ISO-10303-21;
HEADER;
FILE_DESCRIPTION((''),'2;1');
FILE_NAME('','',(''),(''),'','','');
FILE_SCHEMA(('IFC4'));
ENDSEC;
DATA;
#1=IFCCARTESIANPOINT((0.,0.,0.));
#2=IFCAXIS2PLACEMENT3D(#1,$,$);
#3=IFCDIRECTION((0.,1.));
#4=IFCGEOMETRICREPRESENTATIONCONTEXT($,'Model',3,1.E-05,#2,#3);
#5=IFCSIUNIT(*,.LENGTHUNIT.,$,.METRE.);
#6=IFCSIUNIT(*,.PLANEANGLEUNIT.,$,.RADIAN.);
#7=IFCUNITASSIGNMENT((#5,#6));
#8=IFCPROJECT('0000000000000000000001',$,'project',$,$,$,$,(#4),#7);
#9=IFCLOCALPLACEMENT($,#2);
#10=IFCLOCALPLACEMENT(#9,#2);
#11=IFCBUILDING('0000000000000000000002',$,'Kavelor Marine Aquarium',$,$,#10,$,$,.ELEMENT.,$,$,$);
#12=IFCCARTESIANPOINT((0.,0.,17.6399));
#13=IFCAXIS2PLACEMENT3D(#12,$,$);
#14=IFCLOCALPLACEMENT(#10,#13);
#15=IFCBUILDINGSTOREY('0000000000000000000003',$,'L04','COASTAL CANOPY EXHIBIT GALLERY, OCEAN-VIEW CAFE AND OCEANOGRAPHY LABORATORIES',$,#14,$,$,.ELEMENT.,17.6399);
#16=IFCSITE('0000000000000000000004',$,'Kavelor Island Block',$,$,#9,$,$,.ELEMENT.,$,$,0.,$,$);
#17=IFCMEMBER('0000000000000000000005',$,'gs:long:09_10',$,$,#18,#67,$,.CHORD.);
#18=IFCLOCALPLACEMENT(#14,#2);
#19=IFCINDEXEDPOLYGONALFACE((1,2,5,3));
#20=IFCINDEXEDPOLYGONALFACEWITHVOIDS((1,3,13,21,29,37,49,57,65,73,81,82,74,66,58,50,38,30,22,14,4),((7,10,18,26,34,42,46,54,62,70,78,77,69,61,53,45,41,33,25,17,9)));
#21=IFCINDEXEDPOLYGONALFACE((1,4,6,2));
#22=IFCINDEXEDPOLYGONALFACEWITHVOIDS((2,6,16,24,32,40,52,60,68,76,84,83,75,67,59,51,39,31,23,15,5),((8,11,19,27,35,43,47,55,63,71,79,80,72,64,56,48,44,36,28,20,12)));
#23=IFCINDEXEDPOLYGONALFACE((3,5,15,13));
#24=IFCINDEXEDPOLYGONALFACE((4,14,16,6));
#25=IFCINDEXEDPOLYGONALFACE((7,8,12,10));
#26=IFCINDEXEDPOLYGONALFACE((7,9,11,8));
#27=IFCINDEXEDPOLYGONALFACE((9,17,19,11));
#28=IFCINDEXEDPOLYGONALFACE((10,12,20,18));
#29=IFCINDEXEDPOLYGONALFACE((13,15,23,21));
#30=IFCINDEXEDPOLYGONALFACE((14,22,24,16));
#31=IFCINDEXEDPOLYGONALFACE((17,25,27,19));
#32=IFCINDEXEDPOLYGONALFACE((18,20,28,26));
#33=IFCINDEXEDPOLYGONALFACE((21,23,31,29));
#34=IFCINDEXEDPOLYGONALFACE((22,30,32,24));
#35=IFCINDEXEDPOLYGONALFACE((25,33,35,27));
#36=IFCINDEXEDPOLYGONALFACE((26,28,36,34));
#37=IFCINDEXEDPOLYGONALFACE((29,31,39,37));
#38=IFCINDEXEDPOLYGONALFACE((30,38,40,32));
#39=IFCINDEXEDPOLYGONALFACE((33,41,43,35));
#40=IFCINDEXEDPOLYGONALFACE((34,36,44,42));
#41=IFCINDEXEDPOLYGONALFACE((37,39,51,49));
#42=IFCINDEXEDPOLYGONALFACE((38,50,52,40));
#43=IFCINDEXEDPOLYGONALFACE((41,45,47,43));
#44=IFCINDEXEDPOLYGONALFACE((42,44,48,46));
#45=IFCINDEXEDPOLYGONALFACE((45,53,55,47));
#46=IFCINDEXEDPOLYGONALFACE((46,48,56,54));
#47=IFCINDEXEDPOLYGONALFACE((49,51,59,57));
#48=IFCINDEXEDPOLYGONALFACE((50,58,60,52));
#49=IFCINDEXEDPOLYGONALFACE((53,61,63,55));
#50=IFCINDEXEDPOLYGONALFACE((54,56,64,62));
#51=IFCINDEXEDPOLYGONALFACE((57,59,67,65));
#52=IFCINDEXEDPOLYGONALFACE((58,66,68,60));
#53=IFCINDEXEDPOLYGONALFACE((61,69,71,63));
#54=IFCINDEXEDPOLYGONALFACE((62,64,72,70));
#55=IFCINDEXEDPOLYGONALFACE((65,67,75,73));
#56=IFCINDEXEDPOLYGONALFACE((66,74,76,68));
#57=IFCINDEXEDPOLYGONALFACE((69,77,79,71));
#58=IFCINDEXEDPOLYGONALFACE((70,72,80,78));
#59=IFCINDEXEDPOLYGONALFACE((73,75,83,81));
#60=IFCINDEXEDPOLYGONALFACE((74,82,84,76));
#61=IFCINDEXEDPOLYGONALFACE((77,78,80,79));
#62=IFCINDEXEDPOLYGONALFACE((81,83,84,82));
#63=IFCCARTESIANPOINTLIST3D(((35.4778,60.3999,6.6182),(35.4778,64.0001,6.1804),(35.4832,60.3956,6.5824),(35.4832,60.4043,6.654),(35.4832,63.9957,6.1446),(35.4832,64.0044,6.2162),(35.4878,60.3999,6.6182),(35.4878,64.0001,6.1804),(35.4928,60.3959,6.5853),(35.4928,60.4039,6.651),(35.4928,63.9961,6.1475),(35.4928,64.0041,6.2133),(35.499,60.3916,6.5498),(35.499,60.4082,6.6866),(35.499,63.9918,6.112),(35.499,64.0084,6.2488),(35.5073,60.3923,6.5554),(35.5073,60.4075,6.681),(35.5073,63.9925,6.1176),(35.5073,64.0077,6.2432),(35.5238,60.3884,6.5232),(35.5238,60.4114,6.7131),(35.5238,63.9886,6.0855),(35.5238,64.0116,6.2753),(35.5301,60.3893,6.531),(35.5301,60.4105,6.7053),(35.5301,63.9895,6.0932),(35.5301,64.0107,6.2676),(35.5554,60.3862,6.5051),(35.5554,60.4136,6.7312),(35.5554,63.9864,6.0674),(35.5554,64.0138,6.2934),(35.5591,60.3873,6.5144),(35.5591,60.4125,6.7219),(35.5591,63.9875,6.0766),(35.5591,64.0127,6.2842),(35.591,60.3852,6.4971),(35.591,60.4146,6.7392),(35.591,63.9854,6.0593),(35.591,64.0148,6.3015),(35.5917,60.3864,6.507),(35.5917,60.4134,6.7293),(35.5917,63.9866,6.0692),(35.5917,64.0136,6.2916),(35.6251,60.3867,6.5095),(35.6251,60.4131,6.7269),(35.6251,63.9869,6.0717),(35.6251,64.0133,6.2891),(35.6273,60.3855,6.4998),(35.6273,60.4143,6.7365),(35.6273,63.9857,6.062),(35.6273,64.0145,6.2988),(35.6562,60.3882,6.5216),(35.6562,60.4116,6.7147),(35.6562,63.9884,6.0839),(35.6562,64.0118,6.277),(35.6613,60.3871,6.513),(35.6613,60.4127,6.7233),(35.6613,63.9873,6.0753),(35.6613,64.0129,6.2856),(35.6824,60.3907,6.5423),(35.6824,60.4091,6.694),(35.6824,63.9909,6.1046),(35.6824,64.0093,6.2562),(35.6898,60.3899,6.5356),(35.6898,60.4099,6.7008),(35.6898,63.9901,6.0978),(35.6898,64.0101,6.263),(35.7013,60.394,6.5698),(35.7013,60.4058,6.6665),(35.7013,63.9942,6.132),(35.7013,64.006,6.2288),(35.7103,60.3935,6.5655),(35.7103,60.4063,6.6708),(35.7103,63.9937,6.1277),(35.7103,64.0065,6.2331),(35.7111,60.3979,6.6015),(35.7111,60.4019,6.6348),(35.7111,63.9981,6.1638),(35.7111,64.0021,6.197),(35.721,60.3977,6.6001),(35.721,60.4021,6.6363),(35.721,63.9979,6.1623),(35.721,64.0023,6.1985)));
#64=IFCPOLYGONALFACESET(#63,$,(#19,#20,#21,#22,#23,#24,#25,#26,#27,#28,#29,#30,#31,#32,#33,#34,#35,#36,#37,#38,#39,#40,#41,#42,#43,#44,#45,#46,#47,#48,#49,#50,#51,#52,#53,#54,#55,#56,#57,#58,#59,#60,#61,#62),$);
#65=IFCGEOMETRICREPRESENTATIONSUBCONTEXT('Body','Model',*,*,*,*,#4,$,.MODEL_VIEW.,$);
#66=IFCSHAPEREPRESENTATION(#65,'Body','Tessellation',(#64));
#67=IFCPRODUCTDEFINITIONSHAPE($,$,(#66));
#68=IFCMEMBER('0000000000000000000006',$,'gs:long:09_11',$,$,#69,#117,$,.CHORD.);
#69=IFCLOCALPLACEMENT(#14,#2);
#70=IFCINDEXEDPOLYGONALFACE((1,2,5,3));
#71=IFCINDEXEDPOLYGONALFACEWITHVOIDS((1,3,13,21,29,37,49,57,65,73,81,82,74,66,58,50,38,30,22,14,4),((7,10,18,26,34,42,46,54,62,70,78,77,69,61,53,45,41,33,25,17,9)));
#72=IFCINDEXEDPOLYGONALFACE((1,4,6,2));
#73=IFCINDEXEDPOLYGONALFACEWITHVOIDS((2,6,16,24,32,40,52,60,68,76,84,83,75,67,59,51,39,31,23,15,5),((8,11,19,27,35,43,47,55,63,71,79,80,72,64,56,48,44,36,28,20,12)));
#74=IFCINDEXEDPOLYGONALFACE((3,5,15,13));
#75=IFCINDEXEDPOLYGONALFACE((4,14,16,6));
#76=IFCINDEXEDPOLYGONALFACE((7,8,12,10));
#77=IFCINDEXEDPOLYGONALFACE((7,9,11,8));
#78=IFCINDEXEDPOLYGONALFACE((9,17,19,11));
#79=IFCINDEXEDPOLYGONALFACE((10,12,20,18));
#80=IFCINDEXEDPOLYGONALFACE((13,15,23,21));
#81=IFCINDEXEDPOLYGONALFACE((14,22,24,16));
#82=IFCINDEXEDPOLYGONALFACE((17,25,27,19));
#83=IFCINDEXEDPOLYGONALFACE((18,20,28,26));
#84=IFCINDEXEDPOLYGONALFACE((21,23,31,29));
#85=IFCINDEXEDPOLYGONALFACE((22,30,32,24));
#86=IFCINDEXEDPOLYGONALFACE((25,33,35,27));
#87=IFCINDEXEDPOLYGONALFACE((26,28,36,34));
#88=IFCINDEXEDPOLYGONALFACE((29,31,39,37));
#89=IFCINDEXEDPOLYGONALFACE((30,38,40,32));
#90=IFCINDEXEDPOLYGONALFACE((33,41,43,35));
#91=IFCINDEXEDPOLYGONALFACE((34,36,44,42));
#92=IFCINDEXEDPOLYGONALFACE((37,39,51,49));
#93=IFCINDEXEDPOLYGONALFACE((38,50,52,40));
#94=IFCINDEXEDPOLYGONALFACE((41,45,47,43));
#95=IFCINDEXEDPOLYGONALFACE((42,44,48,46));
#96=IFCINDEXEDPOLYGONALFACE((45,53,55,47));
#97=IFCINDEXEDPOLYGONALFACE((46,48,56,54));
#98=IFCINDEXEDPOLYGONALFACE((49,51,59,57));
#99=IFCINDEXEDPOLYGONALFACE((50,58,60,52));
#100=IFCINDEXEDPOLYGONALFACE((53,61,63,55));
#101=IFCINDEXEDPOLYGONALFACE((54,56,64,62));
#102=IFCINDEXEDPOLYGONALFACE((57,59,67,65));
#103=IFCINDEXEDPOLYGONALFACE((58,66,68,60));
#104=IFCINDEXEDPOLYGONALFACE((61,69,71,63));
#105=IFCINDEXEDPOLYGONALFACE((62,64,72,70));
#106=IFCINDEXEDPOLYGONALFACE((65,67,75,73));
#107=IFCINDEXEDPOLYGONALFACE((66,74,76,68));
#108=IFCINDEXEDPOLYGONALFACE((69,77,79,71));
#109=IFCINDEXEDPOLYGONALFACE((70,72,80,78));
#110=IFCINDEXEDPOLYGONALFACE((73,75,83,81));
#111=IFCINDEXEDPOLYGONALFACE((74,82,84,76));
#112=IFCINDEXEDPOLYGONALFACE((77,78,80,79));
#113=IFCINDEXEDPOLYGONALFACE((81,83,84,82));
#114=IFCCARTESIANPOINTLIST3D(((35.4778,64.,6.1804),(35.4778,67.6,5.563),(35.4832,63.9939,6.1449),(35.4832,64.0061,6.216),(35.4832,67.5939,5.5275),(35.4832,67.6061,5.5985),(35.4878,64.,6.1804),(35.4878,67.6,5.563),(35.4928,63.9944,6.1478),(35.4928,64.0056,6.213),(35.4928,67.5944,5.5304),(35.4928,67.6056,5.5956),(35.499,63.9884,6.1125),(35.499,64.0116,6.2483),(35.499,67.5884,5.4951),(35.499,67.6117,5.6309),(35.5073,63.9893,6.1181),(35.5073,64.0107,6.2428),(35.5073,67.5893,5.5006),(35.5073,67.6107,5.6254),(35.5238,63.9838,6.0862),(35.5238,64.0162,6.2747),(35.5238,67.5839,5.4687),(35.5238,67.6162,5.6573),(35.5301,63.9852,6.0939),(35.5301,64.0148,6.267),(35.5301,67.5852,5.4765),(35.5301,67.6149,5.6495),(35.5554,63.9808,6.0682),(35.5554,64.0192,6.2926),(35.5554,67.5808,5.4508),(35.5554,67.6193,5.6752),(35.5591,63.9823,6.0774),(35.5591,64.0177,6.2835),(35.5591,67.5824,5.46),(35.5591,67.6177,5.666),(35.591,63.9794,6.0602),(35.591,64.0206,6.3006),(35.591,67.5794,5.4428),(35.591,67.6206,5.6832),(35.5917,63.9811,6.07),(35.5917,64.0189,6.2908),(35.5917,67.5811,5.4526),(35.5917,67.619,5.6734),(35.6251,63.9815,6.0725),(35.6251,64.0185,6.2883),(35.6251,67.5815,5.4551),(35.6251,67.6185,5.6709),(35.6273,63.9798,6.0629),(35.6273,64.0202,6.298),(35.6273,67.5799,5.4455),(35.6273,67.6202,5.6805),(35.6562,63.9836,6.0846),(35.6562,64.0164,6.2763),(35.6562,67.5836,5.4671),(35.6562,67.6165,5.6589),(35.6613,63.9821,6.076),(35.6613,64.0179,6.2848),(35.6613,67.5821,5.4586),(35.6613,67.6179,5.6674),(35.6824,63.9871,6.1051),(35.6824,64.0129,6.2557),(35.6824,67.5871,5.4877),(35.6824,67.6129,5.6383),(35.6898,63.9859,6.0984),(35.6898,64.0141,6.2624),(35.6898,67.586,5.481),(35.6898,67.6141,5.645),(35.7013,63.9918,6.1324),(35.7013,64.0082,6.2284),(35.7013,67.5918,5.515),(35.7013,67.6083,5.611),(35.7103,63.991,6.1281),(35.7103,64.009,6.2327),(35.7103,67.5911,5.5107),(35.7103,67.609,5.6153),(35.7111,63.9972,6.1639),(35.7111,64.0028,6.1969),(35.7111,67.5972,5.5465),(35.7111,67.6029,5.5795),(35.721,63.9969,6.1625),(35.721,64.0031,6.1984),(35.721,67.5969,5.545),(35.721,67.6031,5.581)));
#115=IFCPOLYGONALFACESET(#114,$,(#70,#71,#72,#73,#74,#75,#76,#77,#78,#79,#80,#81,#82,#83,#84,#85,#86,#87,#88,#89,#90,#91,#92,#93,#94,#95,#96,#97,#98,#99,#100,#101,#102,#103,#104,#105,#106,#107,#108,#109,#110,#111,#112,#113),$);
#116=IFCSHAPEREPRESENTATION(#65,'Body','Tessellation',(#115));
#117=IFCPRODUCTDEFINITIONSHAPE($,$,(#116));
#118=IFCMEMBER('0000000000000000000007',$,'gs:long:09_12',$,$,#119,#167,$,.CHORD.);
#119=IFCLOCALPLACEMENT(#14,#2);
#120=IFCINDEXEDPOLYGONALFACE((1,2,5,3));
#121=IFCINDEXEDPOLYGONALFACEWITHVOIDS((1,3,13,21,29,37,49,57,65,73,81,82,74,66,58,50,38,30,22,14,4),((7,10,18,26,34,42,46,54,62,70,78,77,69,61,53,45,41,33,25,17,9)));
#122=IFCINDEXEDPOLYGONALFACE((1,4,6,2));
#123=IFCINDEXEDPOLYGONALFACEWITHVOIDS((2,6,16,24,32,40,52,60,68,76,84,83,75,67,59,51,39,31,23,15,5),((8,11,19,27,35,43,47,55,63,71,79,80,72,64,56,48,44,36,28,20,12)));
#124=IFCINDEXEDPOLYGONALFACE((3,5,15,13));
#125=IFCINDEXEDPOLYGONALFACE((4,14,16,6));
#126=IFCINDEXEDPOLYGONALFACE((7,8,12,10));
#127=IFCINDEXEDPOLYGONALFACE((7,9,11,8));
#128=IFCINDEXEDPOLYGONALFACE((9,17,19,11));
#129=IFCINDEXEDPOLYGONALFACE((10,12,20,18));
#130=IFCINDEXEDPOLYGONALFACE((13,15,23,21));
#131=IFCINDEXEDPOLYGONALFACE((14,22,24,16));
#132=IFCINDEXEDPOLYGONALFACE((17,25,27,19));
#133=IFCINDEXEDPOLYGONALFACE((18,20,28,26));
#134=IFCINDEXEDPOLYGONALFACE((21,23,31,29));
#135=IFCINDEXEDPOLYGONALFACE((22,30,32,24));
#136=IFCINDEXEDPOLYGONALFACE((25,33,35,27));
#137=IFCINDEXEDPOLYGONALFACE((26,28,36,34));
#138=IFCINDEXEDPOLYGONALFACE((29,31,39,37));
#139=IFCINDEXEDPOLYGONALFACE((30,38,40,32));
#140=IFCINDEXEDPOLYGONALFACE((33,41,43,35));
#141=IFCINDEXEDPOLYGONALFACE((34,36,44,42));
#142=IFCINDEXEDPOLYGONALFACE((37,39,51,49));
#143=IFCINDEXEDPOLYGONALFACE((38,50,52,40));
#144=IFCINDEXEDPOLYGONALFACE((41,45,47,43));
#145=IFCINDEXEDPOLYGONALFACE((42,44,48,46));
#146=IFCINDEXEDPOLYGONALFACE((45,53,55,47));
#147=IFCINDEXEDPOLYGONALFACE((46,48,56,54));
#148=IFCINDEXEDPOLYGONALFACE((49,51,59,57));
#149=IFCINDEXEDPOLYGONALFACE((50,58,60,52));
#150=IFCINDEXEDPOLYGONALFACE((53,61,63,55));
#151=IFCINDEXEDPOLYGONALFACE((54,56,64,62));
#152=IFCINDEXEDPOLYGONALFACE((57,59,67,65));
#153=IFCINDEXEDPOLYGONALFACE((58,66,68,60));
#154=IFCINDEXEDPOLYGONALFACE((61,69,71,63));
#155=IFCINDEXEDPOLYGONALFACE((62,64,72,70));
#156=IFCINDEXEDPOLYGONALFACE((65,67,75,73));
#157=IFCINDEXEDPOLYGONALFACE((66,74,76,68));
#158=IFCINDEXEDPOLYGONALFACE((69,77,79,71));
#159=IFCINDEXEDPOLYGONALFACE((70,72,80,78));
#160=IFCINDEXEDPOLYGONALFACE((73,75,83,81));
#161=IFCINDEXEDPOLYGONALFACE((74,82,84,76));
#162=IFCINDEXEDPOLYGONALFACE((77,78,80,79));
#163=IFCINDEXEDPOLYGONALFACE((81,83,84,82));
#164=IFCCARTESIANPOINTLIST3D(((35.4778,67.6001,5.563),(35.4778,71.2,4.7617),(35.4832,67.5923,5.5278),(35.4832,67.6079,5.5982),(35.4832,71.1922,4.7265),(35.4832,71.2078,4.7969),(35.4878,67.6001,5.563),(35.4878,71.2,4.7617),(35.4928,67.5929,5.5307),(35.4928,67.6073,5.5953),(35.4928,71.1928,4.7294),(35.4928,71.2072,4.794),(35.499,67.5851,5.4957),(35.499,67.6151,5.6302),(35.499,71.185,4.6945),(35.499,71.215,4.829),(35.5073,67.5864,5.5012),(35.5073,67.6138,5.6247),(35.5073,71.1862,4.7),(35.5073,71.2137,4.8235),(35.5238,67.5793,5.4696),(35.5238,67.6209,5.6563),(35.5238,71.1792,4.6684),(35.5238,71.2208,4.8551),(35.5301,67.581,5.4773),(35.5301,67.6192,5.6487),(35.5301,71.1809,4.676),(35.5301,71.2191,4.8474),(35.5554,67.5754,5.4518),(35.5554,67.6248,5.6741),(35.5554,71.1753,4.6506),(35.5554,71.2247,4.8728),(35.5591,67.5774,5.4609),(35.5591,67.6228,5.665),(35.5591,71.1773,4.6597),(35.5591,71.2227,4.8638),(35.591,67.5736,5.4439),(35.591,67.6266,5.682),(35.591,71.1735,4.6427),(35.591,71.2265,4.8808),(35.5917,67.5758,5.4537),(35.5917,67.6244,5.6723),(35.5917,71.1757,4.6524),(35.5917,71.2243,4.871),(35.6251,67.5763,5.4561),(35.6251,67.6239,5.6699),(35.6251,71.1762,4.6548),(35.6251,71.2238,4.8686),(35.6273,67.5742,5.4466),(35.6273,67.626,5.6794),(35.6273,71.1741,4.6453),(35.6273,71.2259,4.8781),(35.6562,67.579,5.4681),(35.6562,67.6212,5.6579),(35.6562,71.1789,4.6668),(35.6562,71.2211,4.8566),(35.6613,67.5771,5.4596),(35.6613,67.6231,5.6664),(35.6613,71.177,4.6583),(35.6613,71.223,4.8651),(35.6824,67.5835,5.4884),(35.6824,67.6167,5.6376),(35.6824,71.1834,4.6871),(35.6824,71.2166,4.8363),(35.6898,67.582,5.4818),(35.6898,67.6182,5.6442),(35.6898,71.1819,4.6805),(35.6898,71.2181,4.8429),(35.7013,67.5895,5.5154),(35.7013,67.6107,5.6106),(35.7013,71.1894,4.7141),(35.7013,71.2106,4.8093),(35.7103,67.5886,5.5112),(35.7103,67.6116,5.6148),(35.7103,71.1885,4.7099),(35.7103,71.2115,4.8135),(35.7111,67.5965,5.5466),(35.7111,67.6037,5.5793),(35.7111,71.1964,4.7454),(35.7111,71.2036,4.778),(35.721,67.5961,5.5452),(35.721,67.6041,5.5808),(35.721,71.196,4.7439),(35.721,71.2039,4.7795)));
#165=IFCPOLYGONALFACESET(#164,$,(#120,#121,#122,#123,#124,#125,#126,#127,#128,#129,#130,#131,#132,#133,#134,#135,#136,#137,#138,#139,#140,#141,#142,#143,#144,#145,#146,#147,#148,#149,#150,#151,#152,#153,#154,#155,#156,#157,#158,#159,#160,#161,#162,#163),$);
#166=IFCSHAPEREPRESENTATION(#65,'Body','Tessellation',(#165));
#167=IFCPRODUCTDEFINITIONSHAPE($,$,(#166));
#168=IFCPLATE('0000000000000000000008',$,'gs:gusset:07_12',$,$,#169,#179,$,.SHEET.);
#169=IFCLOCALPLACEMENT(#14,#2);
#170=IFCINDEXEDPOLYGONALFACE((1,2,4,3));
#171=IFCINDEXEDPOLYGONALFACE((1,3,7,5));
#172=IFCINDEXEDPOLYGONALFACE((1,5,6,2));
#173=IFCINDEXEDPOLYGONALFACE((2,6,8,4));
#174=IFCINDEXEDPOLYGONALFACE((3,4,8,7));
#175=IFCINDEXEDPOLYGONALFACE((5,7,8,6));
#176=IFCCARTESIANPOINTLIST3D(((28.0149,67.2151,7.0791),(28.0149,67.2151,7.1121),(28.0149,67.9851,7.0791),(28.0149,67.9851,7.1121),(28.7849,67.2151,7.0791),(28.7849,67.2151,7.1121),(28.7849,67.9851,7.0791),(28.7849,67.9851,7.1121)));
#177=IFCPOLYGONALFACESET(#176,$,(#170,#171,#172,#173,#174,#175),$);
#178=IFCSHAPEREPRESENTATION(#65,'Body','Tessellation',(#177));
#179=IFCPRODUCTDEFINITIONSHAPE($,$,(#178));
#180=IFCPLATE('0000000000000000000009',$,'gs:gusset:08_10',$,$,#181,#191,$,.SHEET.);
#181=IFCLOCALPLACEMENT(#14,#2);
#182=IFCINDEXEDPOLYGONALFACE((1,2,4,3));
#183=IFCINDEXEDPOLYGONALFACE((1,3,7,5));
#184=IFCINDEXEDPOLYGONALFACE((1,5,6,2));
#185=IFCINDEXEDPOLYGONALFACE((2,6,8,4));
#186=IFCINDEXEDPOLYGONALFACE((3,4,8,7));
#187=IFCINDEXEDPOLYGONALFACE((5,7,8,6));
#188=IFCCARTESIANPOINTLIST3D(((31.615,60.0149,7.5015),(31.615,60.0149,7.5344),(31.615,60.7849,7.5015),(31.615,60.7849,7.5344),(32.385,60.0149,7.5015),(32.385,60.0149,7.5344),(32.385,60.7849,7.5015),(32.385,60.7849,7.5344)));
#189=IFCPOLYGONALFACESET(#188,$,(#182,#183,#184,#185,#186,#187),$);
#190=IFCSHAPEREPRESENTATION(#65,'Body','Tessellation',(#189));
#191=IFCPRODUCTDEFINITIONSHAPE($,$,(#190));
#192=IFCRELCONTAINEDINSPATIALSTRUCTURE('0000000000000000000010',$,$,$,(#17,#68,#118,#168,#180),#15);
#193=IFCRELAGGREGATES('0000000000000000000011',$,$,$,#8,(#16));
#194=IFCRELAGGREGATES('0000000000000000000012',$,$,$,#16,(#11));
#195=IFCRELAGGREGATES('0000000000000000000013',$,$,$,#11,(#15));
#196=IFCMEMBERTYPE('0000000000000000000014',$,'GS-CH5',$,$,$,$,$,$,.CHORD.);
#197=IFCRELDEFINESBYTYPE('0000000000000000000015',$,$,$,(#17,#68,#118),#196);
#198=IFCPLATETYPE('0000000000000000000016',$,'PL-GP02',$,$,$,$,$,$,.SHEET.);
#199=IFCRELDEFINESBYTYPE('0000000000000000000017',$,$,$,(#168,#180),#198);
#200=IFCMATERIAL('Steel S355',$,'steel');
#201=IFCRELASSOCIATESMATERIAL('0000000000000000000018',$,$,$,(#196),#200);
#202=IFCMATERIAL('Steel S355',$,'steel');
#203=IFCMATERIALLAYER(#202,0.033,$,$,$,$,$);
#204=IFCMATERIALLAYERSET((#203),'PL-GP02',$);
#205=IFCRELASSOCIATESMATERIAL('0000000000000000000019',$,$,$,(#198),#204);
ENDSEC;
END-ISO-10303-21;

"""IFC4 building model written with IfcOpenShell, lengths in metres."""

from ifc_helpers import new_model, si_unit, direction, frame, origin, origin_2d, place, context, subcontext, project, spatial, rectangle, hollow_circle, extrude, material, layer, layer_set, material_profile, profile_set, type_object, element, save


model = new_model("IFC4")

# Units and contexts
model_context = context("Model", 3, precision=1e-05, world=origin(), true_north=direction((0.0, 1.0)))
body_context = subcontext(model_context, "Body", "Model", "MODEL_VIEW")
ifc_project = project(units=[si_unit("LENGTHUNIT", "METRE"), si_unit("PLANEANGLEUNIT", "RADIAN")], contexts=[model_context])

# Site, building, storey
site_placement = place(None, origin())
site = spatial("IfcSite", under=ifc_project, at=site_placement, Name="Kavelor Island Block", CompositionType="ELEMENT", RefElevation=0.0)
building_placement = place(site_placement, origin())
building = spatial("IfcBuilding", under=site, at=building_placement, Name="Kavelor Marine Aquarium", CompositionType="ELEMENT")
storey_placement = place(building_placement, frame((0.0, 0.0, 17.6399)))
storey = spatial("IfcBuildingStorey", under=building, at=storey_placement, Name="L04", Description="COASTAL CANOPY EXHIBIT GALLERY, OCEAN-VIEW CAFE AND OCEANOGRAPHY LABORATORIES", CompositionType="ELEMENT", Elevation=17.6399)

# Members
ifc_material_1 = material(Name="Steel S355", Category="steel")
ifc_material_profile_1 = material_profile(ifc_material_1, hollow_circle(Radius=0.1223, WallThickness=0.01, at=origin_2d()), Name="CHS 244.5x10.0")
ifc_profile_set_1 = profile_set([ifc_material_profile_1], Name="Steel S355")
member_type_1 = type_object("IfcMemberType", Name="GS-CH5", PredefinedType="CHORD", material=ifc_profile_set_1)
member_1_placement = place(storey_placement, frame((35.6001, 60.3999, 6.6182), z_axis=(0.0, 0.992689, -0.120703), x_axis=(-1.0, 0.0, 0.0)))
element("IfcMember", 1, at=member_1_placement, inside=storey, type_object=member_type_1, Name="gs:long:09_10", PredefinedType="CHORD", context=body_context, shape_type="SweptSolid", body=[
    extrude(hollow_circle(Radius=0.1223, WallThickness=0.01, at=origin_2d()), origin(), (0.0, 0.0, 1.0), 3.6267),
])
member_2_placement = place(storey_placement, frame((35.6001, 64.0, 6.1804), z_axis=(0.0, 0.98561, -0.169036), x_axis=(-1.0, 0.0, 0.0)))
element("IfcMember", 2, at=member_2_placement, inside=storey, type_object=member_type_1, Name="gs:long:09_11", PredefinedType="CHORD", context=body_context, shape_type="SweptSolid", body=[
    extrude(hollow_circle(Radius=0.1223, WallThickness=0.01, at=origin_2d()), origin(), (0.0, 0.0, 1.0), 3.6526),
])
member_3_placement = place(storey_placement, frame((35.6001, 67.6001, 5.563), z_axis=(0.0, 0.976112, -0.217267), x_axis=(-1.0, 0.0, 0.0)))
element("IfcMember", 3, at=member_3_placement, inside=storey, type_object=member_type_1, Name="gs:long:09_12", PredefinedType="CHORD", context=body_context, shape_type="SweptSolid", body=[
    extrude(hollow_circle(Radius=0.1223, WallThickness=0.01, at=origin_2d()), origin(), (0.0, 0.0, 1.0), 3.688),
])

# Plates
ifc_material_2 = material(Name="Steel S355", Category="steel")
ifc_layer_1 = layer(ifc_material_2, 0.033)
ifc_layer_set_1 = layer_set([ifc_layer_1], Name="PL-GP02")
plate_type_1 = type_object("IfcPlateType", Name="PL-GP02", PredefinedType="SHEET", material=ifc_layer_set_1)
for number, where, z_axis, x_axis, name in (
    (4, (28.3999, 67.6001, 7.0791), (0.0, 0.0, 1.0), (1.0, 0.0, 0.0), "gs:gusset:07_12"),
    (5, (32.0, 60.3999, 7.5015), (0.0, 0.0, 1.0), (1.0, 0.0, 0.0), "gs:gusset:08_10"),
):
    element("IfcPlate", number, at=place(storey_placement, frame(where, z_axis=z_axis, x_axis=x_axis)), inside=storey, type_object=plate_type_1, Name=name, PredefinedType="SHEET", context=body_context, shape_type="SweptSolid", body=[
        extrude(rectangle(XDim=0.77, YDim=0.77, at=origin_2d()), origin(), (0.0, 0.0, 1.0), 0.033),
    ])

save(model, "model.ifc")
